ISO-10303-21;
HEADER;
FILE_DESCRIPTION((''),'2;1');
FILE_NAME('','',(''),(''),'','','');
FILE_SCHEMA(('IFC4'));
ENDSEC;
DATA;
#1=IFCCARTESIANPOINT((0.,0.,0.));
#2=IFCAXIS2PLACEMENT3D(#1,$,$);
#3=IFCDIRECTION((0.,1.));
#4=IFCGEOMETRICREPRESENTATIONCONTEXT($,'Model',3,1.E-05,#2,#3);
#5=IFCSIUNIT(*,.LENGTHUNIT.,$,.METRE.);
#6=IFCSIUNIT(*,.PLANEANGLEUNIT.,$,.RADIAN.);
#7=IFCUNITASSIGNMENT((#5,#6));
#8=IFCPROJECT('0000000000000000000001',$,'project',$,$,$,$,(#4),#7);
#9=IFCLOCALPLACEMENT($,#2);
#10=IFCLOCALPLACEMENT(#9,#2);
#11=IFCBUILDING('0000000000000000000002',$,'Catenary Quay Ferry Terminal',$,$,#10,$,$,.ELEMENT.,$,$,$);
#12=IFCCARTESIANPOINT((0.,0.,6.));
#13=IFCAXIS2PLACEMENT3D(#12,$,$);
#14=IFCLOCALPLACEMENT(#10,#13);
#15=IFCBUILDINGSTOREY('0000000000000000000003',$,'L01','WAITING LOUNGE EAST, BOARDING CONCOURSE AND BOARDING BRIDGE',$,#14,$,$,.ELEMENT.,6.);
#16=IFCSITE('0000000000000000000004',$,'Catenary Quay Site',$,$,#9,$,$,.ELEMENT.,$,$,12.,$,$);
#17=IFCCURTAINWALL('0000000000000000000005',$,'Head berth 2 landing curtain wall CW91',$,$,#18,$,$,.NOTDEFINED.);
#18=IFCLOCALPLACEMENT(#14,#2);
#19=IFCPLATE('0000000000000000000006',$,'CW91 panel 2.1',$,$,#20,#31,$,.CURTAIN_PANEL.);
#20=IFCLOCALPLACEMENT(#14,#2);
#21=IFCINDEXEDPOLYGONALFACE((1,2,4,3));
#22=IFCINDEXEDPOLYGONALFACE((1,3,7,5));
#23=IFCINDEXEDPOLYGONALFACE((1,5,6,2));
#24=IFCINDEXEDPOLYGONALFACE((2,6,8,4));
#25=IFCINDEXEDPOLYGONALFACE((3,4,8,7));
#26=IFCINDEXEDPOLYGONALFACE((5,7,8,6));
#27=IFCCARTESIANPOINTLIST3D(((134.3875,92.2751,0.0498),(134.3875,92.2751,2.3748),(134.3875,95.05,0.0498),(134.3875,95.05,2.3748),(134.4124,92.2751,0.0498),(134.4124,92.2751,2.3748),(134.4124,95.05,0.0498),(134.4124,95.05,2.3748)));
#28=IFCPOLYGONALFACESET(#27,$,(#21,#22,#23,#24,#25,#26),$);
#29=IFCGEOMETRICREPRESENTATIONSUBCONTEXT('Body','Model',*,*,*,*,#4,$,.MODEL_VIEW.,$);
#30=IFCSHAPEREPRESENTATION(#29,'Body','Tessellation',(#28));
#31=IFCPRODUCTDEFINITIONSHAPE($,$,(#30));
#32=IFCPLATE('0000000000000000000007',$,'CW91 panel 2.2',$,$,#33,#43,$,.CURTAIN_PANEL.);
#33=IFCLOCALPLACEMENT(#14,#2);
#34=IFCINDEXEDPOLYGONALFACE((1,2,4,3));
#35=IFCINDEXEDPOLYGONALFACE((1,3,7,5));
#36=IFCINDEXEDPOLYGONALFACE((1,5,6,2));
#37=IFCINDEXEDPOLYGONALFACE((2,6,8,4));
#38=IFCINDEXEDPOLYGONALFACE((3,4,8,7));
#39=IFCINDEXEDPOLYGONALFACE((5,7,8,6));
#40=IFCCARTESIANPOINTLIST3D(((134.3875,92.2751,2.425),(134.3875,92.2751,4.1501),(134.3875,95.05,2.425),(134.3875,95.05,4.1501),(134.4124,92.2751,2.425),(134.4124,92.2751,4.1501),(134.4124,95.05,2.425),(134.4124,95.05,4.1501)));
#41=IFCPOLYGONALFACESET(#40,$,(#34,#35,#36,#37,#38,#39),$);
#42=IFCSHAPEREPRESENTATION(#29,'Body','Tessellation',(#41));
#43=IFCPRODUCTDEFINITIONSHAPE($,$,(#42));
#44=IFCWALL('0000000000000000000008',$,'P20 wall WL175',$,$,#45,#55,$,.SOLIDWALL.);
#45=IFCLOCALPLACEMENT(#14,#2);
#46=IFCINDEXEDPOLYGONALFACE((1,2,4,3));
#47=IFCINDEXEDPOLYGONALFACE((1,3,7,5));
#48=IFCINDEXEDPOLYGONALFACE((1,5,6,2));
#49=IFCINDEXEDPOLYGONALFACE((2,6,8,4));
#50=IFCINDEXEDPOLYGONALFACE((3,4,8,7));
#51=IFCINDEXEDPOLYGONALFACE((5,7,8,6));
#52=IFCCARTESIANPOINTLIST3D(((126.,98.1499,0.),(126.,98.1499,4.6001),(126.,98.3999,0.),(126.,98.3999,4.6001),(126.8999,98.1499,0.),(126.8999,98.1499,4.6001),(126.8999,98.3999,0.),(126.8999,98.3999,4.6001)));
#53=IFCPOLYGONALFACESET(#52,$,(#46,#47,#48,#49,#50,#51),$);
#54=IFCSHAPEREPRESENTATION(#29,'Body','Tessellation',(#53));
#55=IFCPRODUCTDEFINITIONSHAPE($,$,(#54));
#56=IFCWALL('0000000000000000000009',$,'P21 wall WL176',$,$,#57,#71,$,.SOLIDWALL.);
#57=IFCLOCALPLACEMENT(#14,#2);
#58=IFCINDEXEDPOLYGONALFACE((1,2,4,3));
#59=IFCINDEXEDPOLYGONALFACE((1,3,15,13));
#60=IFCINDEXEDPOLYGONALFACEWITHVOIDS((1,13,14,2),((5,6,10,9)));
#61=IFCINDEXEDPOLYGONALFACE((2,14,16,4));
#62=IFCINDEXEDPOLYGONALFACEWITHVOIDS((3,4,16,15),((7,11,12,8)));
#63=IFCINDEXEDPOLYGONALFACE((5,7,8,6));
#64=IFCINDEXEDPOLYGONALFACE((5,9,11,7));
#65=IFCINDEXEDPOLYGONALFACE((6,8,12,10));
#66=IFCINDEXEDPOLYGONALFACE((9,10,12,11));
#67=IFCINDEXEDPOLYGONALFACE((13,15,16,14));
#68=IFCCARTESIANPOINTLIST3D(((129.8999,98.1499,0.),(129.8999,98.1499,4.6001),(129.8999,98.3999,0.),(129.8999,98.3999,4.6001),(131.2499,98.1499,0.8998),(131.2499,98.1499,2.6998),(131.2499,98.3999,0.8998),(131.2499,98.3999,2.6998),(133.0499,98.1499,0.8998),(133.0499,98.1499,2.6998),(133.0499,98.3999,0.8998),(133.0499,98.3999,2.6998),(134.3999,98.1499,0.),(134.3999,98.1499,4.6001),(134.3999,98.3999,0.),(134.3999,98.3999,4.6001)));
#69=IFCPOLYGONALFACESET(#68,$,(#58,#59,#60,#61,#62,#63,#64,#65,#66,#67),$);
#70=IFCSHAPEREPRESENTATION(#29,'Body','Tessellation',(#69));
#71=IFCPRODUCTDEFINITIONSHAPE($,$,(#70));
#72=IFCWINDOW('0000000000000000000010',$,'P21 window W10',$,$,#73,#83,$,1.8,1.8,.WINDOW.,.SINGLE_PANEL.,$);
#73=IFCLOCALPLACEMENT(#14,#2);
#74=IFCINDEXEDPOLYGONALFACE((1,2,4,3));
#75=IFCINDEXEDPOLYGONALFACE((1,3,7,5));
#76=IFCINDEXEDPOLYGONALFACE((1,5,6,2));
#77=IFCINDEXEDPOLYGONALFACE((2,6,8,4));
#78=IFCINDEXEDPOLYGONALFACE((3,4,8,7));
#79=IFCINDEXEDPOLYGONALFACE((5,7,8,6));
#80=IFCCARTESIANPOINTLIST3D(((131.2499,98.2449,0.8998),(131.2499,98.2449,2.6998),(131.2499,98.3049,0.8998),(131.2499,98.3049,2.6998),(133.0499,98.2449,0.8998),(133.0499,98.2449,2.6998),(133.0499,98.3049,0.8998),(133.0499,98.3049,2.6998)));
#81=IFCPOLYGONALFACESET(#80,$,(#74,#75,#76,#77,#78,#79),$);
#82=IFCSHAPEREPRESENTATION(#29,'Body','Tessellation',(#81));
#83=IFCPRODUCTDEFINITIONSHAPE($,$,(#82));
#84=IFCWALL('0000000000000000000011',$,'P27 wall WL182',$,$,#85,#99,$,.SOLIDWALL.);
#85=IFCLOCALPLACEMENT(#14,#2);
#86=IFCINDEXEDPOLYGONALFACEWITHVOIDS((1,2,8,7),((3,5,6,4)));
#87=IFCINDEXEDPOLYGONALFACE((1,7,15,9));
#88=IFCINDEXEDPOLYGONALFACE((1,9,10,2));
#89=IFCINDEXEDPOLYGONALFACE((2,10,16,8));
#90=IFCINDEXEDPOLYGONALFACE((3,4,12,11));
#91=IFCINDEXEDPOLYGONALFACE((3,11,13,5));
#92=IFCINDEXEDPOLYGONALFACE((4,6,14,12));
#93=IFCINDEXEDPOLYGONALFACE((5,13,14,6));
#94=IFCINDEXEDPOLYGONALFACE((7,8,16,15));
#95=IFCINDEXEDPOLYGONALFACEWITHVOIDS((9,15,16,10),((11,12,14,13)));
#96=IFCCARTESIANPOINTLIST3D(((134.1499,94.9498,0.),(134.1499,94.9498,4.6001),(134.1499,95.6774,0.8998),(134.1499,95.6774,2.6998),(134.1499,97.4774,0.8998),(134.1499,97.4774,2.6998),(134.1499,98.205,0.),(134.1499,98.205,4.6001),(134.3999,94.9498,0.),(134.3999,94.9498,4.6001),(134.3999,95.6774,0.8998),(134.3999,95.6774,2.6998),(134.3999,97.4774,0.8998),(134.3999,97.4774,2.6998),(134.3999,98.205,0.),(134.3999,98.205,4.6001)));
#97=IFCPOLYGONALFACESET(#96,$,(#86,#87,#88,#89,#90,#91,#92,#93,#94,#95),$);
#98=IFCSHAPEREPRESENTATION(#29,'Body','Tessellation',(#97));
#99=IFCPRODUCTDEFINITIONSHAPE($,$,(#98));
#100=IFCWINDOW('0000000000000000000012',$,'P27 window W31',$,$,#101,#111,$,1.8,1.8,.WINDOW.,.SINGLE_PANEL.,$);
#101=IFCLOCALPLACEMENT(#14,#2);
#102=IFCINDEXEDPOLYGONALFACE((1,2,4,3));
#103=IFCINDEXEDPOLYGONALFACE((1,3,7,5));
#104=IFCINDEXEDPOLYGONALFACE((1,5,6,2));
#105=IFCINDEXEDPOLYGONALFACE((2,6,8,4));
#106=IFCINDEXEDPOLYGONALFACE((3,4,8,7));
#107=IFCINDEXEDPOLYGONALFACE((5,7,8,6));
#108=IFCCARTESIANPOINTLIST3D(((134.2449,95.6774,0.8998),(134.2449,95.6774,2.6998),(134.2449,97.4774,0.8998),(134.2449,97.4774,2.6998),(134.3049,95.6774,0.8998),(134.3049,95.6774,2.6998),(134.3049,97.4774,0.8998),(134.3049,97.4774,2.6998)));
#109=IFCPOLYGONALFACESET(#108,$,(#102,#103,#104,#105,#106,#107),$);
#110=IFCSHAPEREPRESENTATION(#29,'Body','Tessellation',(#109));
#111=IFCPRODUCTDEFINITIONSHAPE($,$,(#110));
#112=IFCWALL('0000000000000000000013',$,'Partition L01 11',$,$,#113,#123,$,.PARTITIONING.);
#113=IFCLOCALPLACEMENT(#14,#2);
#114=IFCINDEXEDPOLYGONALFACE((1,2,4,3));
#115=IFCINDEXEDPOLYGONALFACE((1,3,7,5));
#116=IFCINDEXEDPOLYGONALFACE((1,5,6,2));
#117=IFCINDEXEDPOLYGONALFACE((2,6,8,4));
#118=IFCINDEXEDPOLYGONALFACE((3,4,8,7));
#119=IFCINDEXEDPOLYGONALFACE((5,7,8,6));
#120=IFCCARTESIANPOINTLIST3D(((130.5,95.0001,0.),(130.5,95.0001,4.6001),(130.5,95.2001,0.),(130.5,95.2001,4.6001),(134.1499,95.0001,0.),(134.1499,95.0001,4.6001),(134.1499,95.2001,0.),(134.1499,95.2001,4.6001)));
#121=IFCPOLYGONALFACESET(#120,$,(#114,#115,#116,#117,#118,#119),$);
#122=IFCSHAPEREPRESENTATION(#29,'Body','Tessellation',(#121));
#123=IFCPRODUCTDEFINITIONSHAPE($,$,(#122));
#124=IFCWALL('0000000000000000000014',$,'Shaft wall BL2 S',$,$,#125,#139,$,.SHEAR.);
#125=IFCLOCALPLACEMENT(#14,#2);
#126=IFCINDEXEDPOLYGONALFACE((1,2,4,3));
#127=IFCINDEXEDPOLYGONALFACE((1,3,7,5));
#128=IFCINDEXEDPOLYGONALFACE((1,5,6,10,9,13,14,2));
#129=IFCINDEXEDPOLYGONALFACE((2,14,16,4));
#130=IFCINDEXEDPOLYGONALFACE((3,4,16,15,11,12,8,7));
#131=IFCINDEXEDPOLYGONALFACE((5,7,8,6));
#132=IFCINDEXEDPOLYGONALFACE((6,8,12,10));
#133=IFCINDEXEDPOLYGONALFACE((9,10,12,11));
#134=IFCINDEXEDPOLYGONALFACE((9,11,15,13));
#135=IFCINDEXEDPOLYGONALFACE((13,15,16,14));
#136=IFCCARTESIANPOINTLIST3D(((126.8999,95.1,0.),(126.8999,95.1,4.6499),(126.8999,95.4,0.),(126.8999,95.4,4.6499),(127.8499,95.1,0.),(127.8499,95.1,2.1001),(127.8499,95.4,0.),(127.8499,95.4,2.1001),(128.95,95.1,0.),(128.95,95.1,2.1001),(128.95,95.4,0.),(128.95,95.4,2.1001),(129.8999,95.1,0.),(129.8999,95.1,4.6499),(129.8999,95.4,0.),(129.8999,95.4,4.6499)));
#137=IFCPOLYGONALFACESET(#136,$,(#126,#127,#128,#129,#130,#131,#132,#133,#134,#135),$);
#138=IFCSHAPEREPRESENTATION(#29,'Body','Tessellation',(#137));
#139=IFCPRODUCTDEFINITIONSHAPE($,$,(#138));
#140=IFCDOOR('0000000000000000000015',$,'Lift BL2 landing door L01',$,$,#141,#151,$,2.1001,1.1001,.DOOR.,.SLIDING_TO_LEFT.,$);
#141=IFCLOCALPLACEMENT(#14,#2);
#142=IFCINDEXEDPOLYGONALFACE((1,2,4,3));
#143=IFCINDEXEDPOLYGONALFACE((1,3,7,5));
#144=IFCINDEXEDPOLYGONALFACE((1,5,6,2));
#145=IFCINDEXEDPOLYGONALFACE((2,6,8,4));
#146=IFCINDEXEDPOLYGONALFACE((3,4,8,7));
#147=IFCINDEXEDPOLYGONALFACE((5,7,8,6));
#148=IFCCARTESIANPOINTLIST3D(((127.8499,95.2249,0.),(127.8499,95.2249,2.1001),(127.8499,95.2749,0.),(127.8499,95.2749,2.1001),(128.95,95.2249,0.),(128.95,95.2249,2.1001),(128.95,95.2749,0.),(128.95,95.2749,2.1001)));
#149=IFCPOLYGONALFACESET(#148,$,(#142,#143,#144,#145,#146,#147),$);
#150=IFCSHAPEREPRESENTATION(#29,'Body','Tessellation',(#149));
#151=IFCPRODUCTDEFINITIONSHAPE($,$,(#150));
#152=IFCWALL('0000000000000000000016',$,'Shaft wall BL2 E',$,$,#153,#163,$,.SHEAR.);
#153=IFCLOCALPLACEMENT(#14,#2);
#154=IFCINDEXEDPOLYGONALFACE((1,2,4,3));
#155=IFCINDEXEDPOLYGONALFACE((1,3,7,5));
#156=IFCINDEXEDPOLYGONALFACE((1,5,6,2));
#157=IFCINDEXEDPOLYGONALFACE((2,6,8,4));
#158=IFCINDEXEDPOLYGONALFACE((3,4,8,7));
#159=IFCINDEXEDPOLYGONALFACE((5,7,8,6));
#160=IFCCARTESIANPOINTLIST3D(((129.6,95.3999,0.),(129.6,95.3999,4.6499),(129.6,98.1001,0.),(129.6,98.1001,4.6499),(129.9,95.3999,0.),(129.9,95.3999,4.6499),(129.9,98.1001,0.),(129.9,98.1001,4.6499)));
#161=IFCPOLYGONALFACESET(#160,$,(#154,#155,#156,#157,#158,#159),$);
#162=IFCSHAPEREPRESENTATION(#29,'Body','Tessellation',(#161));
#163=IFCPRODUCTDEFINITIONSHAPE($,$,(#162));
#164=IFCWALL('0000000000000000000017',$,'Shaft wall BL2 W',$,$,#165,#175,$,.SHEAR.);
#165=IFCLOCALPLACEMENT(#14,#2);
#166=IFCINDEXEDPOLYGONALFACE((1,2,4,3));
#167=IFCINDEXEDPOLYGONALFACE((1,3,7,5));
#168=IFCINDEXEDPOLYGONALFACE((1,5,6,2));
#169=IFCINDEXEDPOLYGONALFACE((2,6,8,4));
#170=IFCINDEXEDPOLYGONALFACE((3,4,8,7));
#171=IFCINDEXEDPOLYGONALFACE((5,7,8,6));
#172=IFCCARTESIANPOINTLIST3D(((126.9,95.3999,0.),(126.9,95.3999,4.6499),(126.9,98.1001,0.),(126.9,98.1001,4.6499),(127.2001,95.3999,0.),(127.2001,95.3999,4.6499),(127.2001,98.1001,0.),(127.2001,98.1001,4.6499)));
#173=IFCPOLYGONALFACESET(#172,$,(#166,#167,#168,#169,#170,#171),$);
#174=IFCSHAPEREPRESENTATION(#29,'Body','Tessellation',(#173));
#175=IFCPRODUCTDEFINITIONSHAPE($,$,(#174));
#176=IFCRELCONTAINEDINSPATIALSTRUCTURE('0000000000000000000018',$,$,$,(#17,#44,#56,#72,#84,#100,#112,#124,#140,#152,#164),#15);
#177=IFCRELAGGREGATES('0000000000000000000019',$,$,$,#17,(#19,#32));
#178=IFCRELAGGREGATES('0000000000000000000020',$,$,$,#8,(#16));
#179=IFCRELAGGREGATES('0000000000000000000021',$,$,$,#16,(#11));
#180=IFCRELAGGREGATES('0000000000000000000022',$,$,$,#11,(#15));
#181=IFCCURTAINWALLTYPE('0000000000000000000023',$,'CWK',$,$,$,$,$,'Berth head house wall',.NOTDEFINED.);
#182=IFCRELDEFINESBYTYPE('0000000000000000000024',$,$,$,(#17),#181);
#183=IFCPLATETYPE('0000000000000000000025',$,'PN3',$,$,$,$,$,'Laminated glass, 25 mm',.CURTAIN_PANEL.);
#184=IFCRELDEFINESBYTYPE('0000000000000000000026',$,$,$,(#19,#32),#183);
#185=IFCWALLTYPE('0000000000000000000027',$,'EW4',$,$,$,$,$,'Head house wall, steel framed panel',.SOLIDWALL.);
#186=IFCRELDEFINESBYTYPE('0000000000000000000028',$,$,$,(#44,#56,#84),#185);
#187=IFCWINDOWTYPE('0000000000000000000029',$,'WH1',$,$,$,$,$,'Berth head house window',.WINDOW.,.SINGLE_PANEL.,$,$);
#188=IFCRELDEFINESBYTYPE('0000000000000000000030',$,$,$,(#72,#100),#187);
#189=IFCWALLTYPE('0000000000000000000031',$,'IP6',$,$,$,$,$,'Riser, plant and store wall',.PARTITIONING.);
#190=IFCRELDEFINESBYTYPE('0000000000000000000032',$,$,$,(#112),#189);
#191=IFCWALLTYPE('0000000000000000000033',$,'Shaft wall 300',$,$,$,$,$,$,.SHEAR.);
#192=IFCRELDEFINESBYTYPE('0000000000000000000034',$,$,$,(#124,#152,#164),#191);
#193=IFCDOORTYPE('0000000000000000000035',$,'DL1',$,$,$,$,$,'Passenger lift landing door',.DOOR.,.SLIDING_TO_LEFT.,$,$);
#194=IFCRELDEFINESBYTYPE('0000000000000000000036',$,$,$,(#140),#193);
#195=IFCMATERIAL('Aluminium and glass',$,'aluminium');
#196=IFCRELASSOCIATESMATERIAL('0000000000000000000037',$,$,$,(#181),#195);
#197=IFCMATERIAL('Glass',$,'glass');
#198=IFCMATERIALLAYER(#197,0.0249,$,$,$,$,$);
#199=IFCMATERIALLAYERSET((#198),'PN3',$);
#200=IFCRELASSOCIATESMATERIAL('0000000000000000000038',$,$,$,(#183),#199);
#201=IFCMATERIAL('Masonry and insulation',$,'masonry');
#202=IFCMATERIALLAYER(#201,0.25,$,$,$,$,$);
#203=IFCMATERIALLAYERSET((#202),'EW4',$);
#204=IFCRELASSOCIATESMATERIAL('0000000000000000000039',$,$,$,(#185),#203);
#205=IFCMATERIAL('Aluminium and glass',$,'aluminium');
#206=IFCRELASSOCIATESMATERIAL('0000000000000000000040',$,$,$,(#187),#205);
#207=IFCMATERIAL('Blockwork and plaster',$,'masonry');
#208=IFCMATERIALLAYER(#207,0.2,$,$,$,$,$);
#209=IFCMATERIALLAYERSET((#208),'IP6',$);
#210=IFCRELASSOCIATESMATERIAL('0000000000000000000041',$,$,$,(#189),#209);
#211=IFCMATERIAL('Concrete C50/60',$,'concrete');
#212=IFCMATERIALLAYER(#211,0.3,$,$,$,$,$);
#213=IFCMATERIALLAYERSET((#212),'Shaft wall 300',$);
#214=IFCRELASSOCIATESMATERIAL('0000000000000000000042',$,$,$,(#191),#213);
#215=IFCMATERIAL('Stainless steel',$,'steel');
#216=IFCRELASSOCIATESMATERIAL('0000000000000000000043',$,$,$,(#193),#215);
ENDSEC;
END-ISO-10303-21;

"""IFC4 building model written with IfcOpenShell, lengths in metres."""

from ifc_helpers import new_model, si_unit, direction, frame, frame_2d, origin, origin_2d, place, context, subcontext, project, spatial, rectangle, extrude, material, layer, layer_set, type_object, element, fill, aggregate, save


model = new_model("IFC4")

# Units and contexts
model_context = context("Model", 3, precision=1e-05, world=origin(), true_north=direction((0.0, 1.0)))
body_context = subcontext(model_context, "Body", "Model", "MODEL_VIEW")
ifc_project = project(units=[si_unit("LENGTHUNIT", "METRE"), si_unit("PLANEANGLEUNIT", "RADIAN")], contexts=[model_context])

# Site, building, storey
site_placement = place(None, origin())
site = spatial("IfcSite", under=ifc_project, at=site_placement, Name="Catenary Quay Site", CompositionType="ELEMENT", RefElevation=12.0)
building_placement = place(site_placement, origin())
building = spatial("IfcBuilding", under=site, at=building_placement, Name="Catenary Quay Ferry Terminal", CompositionType="ELEMENT")
storey_placement = place(building_placement, frame((0.0, 0.0, 6.0)))
storey = spatial("IfcBuildingStorey", under=building, at=storey_placement, Name="L01", Description="WAITING LOUNGE EAST, BOARDING CONCOURSE AND BOARDING BRIDGE", CompositionType="ELEMENT", Elevation=6.0)

# Curtain wall
ifc_material_1 = material(Name="Aluminium and glass", Category="aluminium")
curtain_wall_type = type_object("IfcCurtainWallType", Name="CWK", ElementType="Berth head house wall", PredefinedType="NOTDEFINED", material=ifc_material_1)
curtain_wall_placement = place(storey_placement, origin())
curtain_wall = element("IfcCurtainWall", 1, at=curtain_wall_placement, inside=storey, type_object=curtain_wall_type, Name="Head berth 2 landing curtain wall CW91", PredefinedType="NOTDEFINED")

# Plates
ifc_material_2 = material(Name="Glass", Category="glass")
ifc_layer_1 = layer(ifc_material_2, 0.0249)
ifc_layer_set_1 = layer_set([ifc_layer_1], Name="PN3")
plate_type = type_object("IfcPlateType", Name="PN3", ElementType="Laminated glass, 25 mm", PredefinedType="CURTAIN_PANEL", material=ifc_layer_set_1)
plate_1_placement = place(storey_placement, frame((134.3999, 93.6626, 0.0498), z_axis=(0.0, 0.0, 1.0), x_axis=(0.0, 1.0, 0.0)))
plate_1 = element("IfcPlate", 2, at=plate_1_placement, type_object=plate_type, Name="CW91 panel 2.1", PredefinedType="CURTAIN_PANEL", context=body_context, shape_type="SweptSolid", body=[
    extrude(rectangle(XDim=2.7749, YDim=0.0249, at=origin_2d()), origin(), (0.0, 0.0, 1.0), 2.325),
])
plate_2_placement = place(storey_placement, frame((134.3999, 93.6626, 2.425), z_axis=(0.0, 0.0, 1.0), x_axis=(0.0, 1.0, 0.0)))
plate_2 = element("IfcPlate", 3, at=plate_2_placement, type_object=plate_type, Name="CW91 panel 2.2", PredefinedType="CURTAIN_PANEL", context=body_context, shape_type="SweptSolid", body=[
    extrude(rectangle(XDim=2.7749, YDim=0.0249, at=origin_2d()), origin(), (0.0, 0.0, 1.0), 1.7251),
])
aggregate(curtain_wall, [plate_1, plate_2])

# Wall
ifc_material_3 = material(Name="Masonry and insulation", Category="masonry")
ifc_layer_2 = layer(ifc_material_3, 0.25)
ifc_layer_set_2 = layer_set([ifc_layer_2], Name="EW4")
wall_type_1 = type_object("IfcWallType", Name="EW4", ElementType="Head house wall, steel framed panel", PredefinedType="SOLIDWALL", material=ifc_layer_set_2)
wall_1_placement = place(storey_placement, frame((126.0, 98.2749, 0.0), z_axis=(0.0, 0.0, 1.0), x_axis=(1.0, 0.0, 0.0)))
element("IfcWall", 4, at=wall_1_placement, inside=storey, type_object=wall_type_1, Name="P20 wall WL175", PredefinedType="SOLIDWALL", context=body_context, shape_type="SweptSolid", body=[
    extrude(rectangle(XDim=0.8999, YDim=0.25, at=frame_2d((0.45, 0.0))), origin(), (0.0, 0.0, 1.0), 4.6001),
])

# Walls, openings, windows
wall_2_placement = place(storey_placement, frame((129.8999, 98.2749, 0.0), z_axis=(0.0, 0.0, 1.0), x_axis=(1.0, 0.0, 0.0)))
wall_2 = element("IfcWall", 5, at=wall_2_placement, inside=storey, type_object=wall_type_1, Name="P21 wall WL176", PredefinedType="SOLIDWALL", context=body_context, shape_type="SweptSolid", body=[
    extrude(rectangle(XDim=4.5, YDim=0.25, at=frame_2d((2.25, 0.0))), origin(), (0.0, 0.0, 1.0), 4.6001),
])
opening_1_placement = place(wall_2_placement, frame((1.3501, 0.0, 0.8999)))
opening_1 = element("IfcOpeningElement", 6, at=opening_1_placement, cuts=wall_2, PredefinedType="OPENING", context=body_context, shape_type="SweptSolid", body=[
    extrude(rectangle(XDim=1.8, YDim=1.8, at=frame_2d((0.8999, 0.8999))), frame((0.0, 0.135, 0.0), z_axis=(0.0, -1.0, 0.0), x_axis=(1.0, 0.0, 0.0)), (0.0, 0.0, 1.0), 0.27),
])
ifc_material_4 = material(Name="Aluminium and glass", Category="aluminium")
window_type = type_object("IfcWindowType", Name="WH1", ElementType="Berth head house window", PartitioningType="SINGLE_PANEL", PredefinedType="WINDOW", material=ifc_material_4)
window_1_placement = place(opening_1_placement, origin())
window_1 = element("IfcWindow", 7, at=window_1_placement, inside=storey, type_object=window_type, Name="P21 window W10", OverallHeight=1.8, OverallWidth=1.8, PartitioningType="SINGLE_PANEL", PredefinedType="WINDOW", context=body_context, shape_type="SweptSolid", body=[
    extrude(rectangle(XDim=1.8, YDim=1.8, at=frame_2d((0.8999, 0.8999))), frame((0.0, 0.03, 0.0), z_axis=(0.0, -1.0, 0.0), x_axis=(1.0, 0.0, 0.0)), (0.0, 0.0, 1.0), 0.0601),
])
fill(opening_1, window_1)
wall_3_placement = place(storey_placement, frame((134.2749, 94.95, 0.0), z_axis=(0.0, 0.0, 1.0), x_axis=(0.0, 1.0, 0.0)))
wall_3 = element("IfcWall", 8, at=wall_3_placement, inside=storey, type_object=wall_type_1, Name="P27 wall WL182", PredefinedType="SOLIDWALL", context=body_context, shape_type="SweptSolid", body=[
    extrude(rectangle(XDim=3.2551, YDim=0.25, at=frame_2d((1.6274, 0.0))), origin(), (0.0, 0.0, 1.0), 4.6001),
])
opening_2_placement = place(wall_3_placement, frame((0.7275, 0.0, 0.8999)))
opening_2 = element("IfcOpeningElement", 9, at=opening_2_placement, cuts=wall_3, PredefinedType="OPENING", context=body_context, shape_type="SweptSolid", body=[
    extrude(rectangle(XDim=1.8, YDim=1.8, at=frame_2d((0.8999, 0.8999))), frame((0.0, 0.135, 0.0), z_axis=(0.0, -1.0, 0.0), x_axis=(1.0, 0.0, 0.0)), (0.0, 0.0, 1.0), 0.27),
])
window_2_placement = place(opening_2_placement, origin())
window_2 = element("IfcWindow", 10, at=window_2_placement, inside=storey, type_object=window_type, Name="P27 window W31", OverallHeight=1.8, OverallWidth=1.8, PartitioningType="SINGLE_PANEL", PredefinedType="WINDOW", context=body_context, shape_type="SweptSolid", body=[
    extrude(rectangle(XDim=1.8, YDim=1.8, at=frame_2d((0.8999, 0.8999))), frame((0.0, 0.03, 0.0), z_axis=(0.0, -1.0, 0.0), x_axis=(1.0, 0.0, 0.0)), (0.0, 0.0, 1.0), 0.0601),
])
fill(opening_2, window_2)

# Wall
ifc_material_5 = material(Name="Blockwork and plaster", Category="masonry")
ifc_layer_3 = layer(ifc_material_5, 0.2)
ifc_layer_set_3 = layer_set([ifc_layer_3], Name="IP6")
wall_type_2 = type_object("IfcWallType", Name="IP6", ElementType="Riser, plant and store wall", PredefinedType="PARTITIONING", material=ifc_layer_set_3)
wall_4_placement = place(storey_placement, frame((130.5, 95.1001, 0.0), z_axis=(0.0, 0.0, 1.0), x_axis=(1.0, 0.0, 0.0)))
element("IfcWall", 11, at=wall_4_placement, inside=storey, type_object=wall_type_2, Name="Partition L01 11", PredefinedType="PARTITIONING", context=body_context, shape_type="SweptSolid", body=[
    extrude(rectangle(XDim=3.6499, YDim=0.2, at=frame_2d((1.825, 0.0))), origin(), (0.0, 0.0, 1.0), 4.6001),
])

# Wall, opening, door
ifc_material_6 = material(Name="Concrete C50/60", Category="concrete")
ifc_layer_4 = layer(ifc_material_6, 0.3)
ifc_layer_set_4 = layer_set([ifc_layer_4], Name="Shaft wall 300")
wall_type_3 = type_object("IfcWallType", Name="Shaft wall 300", PredefinedType="SHEAR", material=ifc_layer_set_4)
wall_5_placement = place(storey_placement, frame((126.8999, 95.25, 0.0), z_axis=(0.0, 0.0, 1.0), x_axis=(1.0, 0.0, 0.0)))
wall_5 = element("IfcWall", 12, at=wall_5_placement, inside=storey, type_object=wall_type_3, Name="Shaft wall BL2 S", PredefinedType="SHEAR", context=body_context, shape_type="SweptSolid", body=[
    extrude(rectangle(XDim=3.0, YDim=0.3, at=frame_2d((1.5, 0.0))), origin(), (0.0, 0.0, 1.0), 4.6499),
])
opening_3_placement = place(wall_5_placement, frame((0.95, 0.0, 0.0)))
opening_3 = element("IfcOpeningElement", 13, at=opening_3_placement, cuts=wall_5, PredefinedType="OPENING", context=body_context, shape_type="SweptSolid", body=[
    extrude(rectangle(XDim=1.1001, YDim=2.1001, at=frame_2d((0.55, 1.05))), frame((0.0, 0.1599, 0.0), z_axis=(0.0, -1.0, 0.0), x_axis=(1.0, 0.0, 0.0)), (0.0, 0.0, 1.0), 0.3201),
])
ifc_material_7 = material(Name="Stainless steel", Category="steel")
door_type = type_object("IfcDoorType", Name="DL1", ElementType="Passenger lift landing door", OperationType="SLIDING_TO_LEFT", PredefinedType="DOOR", material=ifc_material_7)
door_placement = place(opening_3_placement, origin())
door = element("IfcDoor", 14, at=door_placement, inside=storey, type_object=door_type, Name="Lift BL2 landing door L01", OperationType="SLIDING_TO_LEFT", OverallHeight=2.1001, OverallWidth=1.1001, PredefinedType="DOOR", context=body_context, shape_type="SweptSolid", body=[
    extrude(rectangle(XDim=1.1001, YDim=2.1001, at=frame_2d((0.55, 1.05))), frame((0.0, 0.0249, 0.0), z_axis=(0.0, -1.0, 0.0), x_axis=(1.0, 0.0, 0.0)), (0.0, 0.0, 1.0), 0.05),
])
fill(opening_3, door)

# Walls
for number, where, z_axis, x_axis, name in (
    (15, (129.75, 95.3999, 0.0), (0.0, 0.0, 1.0), (0.0, 1.0, 0.0), "Shaft wall BL2 E"),
    (16, (127.05, 95.3999, 0.0), (0.0, 0.0, 1.0), (0.0, 1.0, 0.0), "Shaft wall BL2 W"),
):
    element("IfcWall", number, at=place(storey_placement, frame(where, z_axis=z_axis, x_axis=x_axis)), inside=storey, type_object=wall_type_3, Name=name, PredefinedType="SHEAR", context=body_context, shape_type="SweptSolid", body=[
        extrude(rectangle(XDim=2.7002, YDim=0.3, at=frame_2d((1.3501, 0.0))), origin(), (0.0, 0.0, 1.0), 4.6499),
    ])

save(model, "model.ifc")
